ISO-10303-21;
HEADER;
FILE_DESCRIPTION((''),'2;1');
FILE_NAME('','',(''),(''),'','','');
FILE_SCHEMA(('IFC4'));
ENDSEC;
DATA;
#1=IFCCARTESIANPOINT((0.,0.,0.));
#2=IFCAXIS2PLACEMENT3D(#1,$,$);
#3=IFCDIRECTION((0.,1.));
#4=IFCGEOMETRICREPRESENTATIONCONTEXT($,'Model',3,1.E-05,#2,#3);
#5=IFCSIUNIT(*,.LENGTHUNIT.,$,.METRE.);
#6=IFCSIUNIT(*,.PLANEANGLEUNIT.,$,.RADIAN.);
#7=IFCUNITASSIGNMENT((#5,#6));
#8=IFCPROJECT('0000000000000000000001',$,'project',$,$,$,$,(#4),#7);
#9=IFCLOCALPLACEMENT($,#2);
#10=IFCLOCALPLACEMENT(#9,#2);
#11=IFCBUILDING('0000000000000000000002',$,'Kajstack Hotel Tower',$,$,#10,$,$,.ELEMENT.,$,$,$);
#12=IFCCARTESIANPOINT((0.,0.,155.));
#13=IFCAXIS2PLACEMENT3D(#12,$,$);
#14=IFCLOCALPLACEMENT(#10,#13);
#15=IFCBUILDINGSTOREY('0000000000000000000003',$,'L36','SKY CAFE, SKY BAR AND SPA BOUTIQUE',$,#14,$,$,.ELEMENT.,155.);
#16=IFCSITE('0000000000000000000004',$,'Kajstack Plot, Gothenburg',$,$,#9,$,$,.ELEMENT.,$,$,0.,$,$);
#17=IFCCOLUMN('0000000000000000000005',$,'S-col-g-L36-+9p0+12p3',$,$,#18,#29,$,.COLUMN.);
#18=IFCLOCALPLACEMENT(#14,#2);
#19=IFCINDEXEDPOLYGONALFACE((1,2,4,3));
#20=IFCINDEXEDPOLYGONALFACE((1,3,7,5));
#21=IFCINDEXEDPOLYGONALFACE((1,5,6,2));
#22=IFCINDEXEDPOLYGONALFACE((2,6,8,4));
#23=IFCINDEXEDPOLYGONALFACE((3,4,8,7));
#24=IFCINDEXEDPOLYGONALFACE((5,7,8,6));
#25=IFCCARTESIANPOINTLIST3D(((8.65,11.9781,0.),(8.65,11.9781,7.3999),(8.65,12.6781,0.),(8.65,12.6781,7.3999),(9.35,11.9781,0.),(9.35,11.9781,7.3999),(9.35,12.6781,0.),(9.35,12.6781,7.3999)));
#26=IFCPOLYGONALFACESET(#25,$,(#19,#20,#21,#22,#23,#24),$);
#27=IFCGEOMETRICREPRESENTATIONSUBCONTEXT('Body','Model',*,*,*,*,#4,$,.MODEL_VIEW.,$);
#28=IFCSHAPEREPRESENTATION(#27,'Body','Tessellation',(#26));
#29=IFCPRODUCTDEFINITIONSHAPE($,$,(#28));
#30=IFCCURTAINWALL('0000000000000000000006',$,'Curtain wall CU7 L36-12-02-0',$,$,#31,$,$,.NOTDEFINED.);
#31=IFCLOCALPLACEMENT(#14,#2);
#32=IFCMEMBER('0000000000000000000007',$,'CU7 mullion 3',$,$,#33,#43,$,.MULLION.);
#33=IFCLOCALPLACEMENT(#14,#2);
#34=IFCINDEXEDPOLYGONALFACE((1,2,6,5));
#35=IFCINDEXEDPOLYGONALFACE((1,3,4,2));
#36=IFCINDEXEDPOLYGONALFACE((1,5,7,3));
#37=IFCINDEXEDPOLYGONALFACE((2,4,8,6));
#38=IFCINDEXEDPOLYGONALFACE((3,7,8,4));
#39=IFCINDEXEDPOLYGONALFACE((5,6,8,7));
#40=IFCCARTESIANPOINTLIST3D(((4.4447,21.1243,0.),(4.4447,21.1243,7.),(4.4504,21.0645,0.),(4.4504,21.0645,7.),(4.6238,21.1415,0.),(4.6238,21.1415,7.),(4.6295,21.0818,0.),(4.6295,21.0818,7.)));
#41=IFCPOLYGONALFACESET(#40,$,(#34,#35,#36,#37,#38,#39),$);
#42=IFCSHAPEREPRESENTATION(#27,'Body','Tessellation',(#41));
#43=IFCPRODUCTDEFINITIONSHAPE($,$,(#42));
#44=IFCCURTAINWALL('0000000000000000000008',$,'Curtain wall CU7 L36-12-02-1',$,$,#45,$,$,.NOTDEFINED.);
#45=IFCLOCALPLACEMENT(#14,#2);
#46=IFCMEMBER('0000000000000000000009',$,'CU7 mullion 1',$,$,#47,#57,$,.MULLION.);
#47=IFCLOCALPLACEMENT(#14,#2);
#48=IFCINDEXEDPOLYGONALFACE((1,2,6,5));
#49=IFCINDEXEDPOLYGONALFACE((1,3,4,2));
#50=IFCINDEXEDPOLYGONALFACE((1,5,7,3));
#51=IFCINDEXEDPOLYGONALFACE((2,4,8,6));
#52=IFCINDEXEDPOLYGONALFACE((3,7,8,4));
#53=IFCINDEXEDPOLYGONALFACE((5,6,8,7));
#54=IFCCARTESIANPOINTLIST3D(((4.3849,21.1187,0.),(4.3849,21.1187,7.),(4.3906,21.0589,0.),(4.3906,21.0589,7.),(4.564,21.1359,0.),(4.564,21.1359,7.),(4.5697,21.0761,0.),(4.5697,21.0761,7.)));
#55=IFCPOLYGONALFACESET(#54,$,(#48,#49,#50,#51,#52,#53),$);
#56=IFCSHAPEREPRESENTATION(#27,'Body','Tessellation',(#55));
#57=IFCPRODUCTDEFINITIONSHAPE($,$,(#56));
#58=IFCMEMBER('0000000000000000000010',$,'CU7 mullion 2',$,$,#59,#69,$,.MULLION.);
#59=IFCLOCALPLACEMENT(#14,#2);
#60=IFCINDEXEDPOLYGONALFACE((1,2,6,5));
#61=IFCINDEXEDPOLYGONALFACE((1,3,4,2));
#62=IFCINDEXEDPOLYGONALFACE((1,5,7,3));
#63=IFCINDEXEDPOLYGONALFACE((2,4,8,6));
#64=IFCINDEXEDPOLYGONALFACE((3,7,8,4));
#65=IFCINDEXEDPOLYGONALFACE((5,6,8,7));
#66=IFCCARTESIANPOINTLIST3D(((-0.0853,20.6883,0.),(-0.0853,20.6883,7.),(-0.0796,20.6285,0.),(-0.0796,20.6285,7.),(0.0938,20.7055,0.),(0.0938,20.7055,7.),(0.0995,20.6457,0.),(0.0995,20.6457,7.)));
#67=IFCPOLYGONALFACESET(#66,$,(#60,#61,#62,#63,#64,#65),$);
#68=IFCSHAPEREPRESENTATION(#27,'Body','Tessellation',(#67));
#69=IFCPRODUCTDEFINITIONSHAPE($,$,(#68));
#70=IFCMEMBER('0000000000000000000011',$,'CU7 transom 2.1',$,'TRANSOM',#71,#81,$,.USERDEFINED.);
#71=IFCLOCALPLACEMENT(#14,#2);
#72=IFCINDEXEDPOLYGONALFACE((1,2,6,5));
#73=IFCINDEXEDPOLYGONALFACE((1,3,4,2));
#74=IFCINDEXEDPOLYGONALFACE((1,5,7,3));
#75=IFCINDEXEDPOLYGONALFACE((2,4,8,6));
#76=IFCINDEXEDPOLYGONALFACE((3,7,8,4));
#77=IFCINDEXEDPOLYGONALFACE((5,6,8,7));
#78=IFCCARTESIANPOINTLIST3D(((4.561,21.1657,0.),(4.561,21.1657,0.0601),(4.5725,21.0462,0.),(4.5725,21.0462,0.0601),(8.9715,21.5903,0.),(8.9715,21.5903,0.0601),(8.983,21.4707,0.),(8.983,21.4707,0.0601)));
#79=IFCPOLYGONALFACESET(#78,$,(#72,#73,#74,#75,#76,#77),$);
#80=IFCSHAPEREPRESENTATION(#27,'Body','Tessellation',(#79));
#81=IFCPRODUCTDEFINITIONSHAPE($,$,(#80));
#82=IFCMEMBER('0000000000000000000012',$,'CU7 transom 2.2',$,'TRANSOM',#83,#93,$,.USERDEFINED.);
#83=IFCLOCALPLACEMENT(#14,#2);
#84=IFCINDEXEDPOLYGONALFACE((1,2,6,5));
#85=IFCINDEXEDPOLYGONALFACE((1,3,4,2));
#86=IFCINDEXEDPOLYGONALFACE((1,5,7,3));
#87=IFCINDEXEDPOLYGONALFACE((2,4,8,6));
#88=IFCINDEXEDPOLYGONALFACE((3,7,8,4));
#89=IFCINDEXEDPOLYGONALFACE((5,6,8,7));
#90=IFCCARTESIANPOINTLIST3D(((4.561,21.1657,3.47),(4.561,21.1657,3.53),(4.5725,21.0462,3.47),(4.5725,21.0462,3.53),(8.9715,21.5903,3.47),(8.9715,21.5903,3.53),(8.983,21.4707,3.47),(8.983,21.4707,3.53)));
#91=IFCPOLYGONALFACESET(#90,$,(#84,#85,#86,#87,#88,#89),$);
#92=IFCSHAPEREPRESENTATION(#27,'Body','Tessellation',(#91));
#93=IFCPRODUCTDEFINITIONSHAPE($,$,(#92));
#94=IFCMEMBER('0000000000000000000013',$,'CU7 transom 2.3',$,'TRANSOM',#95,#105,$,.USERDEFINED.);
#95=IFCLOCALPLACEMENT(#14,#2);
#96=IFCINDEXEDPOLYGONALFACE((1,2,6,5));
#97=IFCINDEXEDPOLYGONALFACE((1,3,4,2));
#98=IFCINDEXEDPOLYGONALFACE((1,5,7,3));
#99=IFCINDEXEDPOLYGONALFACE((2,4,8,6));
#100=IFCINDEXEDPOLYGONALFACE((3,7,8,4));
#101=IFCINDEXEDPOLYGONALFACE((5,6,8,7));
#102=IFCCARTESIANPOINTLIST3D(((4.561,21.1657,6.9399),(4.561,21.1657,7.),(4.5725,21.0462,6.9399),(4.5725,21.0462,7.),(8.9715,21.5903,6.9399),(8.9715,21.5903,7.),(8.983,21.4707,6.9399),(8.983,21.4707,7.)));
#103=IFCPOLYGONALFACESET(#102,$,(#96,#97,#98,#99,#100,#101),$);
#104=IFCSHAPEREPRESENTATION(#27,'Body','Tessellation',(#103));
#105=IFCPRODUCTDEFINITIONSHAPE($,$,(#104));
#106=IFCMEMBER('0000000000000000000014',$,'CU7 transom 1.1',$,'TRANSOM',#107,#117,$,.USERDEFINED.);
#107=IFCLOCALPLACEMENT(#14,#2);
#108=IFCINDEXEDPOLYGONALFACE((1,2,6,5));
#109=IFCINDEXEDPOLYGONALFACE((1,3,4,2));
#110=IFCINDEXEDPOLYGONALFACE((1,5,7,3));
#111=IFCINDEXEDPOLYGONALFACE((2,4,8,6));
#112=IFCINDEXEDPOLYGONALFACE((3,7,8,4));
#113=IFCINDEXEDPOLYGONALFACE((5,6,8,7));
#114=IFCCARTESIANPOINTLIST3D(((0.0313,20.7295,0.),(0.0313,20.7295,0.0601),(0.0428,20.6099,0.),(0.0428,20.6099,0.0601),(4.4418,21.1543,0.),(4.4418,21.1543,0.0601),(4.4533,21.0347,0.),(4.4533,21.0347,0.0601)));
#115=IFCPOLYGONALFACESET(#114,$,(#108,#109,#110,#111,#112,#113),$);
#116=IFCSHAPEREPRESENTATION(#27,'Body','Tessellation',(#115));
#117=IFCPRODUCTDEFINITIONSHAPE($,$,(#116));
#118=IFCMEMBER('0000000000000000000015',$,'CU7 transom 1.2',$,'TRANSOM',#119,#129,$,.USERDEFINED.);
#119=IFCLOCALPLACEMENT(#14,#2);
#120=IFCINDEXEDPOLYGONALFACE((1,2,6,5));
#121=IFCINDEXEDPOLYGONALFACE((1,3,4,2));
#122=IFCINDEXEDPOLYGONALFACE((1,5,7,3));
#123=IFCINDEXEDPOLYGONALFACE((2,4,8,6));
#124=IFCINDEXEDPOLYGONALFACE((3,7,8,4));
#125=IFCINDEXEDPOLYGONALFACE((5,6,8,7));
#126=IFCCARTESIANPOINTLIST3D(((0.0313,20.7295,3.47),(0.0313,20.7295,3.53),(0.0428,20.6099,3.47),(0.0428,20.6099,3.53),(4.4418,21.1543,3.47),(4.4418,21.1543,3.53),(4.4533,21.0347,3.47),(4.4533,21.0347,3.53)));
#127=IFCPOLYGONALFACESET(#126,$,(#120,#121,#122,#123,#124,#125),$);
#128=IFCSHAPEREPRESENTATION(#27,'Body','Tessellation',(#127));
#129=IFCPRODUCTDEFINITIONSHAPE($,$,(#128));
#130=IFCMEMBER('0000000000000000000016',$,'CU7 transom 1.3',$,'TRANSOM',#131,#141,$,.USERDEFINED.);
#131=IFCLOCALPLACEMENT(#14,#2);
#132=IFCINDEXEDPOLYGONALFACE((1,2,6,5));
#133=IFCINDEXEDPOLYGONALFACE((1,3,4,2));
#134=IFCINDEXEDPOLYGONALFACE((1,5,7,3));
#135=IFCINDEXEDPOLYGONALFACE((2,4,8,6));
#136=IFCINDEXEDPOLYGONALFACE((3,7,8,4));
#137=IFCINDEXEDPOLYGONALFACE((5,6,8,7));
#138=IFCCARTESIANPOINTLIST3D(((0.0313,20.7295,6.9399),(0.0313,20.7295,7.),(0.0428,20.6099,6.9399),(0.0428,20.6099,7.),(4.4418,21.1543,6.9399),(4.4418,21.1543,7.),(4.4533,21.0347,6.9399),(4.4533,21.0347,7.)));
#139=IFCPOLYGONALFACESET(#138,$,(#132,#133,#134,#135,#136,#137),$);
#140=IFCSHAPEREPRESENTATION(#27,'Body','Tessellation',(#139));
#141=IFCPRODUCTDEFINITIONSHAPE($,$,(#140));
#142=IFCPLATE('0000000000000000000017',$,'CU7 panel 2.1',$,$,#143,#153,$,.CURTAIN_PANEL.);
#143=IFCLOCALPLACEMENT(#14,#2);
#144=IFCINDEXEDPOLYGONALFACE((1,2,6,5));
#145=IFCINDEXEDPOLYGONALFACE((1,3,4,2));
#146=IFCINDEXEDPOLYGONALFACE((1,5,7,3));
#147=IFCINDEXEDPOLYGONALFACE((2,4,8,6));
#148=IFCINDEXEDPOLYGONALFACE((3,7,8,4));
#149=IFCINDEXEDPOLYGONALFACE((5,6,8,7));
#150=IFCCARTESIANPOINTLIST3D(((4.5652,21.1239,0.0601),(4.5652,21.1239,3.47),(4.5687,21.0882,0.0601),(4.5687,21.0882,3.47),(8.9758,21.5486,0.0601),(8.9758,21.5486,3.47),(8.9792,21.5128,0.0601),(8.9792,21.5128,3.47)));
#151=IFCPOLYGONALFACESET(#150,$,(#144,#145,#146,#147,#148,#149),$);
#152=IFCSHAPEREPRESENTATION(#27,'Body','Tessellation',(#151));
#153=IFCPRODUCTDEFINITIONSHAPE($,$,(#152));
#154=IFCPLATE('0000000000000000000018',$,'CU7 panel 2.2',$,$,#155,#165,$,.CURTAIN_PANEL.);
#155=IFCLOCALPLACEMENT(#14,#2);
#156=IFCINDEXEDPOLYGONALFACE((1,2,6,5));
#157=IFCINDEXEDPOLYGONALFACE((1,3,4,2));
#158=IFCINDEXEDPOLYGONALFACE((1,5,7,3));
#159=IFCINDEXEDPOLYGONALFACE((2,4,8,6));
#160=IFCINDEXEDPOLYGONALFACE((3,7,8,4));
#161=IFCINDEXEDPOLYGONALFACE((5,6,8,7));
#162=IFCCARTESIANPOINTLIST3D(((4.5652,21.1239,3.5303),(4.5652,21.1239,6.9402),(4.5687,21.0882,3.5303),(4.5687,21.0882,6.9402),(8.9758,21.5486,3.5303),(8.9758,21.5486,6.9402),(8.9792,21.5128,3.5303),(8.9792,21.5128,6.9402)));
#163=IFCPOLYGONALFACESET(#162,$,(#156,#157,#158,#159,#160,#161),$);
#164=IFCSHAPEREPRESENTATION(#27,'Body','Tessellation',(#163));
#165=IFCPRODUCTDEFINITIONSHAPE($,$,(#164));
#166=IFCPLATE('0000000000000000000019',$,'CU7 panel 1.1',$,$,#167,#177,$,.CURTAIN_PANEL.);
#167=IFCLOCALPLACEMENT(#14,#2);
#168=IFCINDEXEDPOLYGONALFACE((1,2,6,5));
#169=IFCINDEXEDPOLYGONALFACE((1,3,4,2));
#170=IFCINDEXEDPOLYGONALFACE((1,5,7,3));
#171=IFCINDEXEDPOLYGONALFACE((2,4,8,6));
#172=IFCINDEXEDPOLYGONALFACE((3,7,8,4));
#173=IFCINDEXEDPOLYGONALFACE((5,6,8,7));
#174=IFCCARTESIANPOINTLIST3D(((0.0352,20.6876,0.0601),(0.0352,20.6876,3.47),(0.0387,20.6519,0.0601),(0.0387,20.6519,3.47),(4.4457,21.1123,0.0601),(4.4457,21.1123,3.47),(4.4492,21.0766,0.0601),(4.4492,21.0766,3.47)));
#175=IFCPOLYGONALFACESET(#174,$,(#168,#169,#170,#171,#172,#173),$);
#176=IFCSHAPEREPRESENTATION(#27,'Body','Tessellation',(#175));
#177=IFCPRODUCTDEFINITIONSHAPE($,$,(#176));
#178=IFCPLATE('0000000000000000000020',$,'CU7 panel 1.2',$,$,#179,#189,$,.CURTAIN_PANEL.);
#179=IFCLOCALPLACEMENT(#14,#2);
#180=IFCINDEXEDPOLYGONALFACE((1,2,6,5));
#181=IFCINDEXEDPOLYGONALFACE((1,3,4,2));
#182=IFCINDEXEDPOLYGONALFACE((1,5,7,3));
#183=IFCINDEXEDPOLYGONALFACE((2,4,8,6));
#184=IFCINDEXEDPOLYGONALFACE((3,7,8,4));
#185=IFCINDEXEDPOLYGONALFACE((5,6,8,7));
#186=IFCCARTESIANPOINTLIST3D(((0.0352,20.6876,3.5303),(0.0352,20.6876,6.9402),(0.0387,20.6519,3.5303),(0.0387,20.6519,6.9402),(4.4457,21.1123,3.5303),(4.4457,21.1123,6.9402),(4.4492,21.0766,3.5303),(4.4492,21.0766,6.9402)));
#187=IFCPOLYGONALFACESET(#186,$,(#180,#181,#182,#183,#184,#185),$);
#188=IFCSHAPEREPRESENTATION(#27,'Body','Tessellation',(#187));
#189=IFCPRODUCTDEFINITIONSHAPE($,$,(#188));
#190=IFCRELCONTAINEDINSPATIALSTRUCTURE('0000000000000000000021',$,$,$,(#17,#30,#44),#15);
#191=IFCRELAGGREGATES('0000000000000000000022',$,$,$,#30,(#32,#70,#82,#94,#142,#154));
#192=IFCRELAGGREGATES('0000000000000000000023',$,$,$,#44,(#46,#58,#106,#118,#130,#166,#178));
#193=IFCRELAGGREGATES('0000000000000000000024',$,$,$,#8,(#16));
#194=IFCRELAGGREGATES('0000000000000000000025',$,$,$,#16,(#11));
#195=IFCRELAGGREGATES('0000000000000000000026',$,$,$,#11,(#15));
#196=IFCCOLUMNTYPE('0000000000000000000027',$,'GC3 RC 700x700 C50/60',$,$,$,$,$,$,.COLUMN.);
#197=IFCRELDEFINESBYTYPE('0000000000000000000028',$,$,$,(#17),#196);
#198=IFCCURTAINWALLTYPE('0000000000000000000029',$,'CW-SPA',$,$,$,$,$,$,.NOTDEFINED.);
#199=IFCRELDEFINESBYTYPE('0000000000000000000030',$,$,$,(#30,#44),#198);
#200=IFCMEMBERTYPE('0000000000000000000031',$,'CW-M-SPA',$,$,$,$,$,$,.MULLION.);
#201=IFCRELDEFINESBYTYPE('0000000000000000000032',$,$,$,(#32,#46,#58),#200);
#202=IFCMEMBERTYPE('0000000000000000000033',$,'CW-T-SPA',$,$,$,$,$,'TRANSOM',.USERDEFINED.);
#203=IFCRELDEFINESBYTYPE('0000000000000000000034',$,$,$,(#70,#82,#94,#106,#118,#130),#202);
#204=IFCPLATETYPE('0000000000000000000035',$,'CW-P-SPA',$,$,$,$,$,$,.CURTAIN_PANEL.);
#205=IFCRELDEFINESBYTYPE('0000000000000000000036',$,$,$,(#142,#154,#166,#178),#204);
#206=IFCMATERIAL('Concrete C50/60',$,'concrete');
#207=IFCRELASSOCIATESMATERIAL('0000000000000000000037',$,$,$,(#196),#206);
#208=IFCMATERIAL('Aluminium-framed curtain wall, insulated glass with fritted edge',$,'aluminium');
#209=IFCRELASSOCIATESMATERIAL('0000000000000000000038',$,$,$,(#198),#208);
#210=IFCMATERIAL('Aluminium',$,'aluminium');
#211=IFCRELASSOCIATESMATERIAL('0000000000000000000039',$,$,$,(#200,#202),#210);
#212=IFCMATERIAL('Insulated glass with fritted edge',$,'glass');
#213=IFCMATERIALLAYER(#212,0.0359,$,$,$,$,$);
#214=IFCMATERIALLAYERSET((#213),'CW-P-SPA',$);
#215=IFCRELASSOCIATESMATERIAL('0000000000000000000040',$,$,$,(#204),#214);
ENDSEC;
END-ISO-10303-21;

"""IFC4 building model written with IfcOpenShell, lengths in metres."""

from ifc_helpers import new_model, si_unit, direction, frame, origin, origin_2d, place, context, subcontext, project, spatial, rectangle, extrude, material, layer, layer_set, material_profile, profile_set, type_object, element, aggregate, save


model = new_model("IFC4")

# Units and contexts
model_context = context("Model", 3, precision=1e-05, world=origin(), true_north=direction((0.0, 1.0)))
body_context = subcontext(model_context, "Body", "Model", "MODEL_VIEW")
ifc_project = project(units=[si_unit("LENGTHUNIT", "METRE"), si_unit("PLANEANGLEUNIT", "RADIAN")], contexts=[model_context])

# Site, building, storey
site_placement = place(None, origin())
site = spatial("IfcSite", under=ifc_project, at=site_placement, Name="Kajstack Plot, Gothenburg", CompositionType="ELEMENT", RefElevation=0.0)
building_placement = place(site_placement, origin())
building = spatial("IfcBuilding", under=site, at=building_placement, Name="Kajstack Hotel Tower", CompositionType="ELEMENT")
storey_placement = place(building_placement, frame((0.0, 0.0, 155.0)))
storey = spatial("IfcBuildingStorey", under=building, at=storey_placement, Name="L36", Description="SKY CAFE, SKY BAR AND SPA BOUTIQUE", CompositionType="ELEMENT", Elevation=155.0)

# Column
ifc_material_1 = material(Name="Concrete C50/60", Category="concrete")
ifc_material_profile_1 = material_profile(ifc_material_1, rectangle(XDim=0.7, YDim=0.7, at=origin_2d()), Name="RC 700x700")
ifc_profile_set_1 = profile_set([ifc_material_profile_1], Name="Concrete C50/60")
column_type = type_object("IfcColumnType", Name="GC3 RC 700x700 C50/60", PredefinedType="COLUMN", material=ifc_profile_set_1)
column_placement = place(storey_placement, frame((9.0, 12.3281, 0.0), z_axis=(0.0, 0.0, 1.0), x_axis=(1.0, 0.0, 0.0)))
element("IfcColumn", 1, at=column_placement, inside=storey, type_object=column_type, Name="S-col-g-L36-+9p0+12p3", PredefinedType="COLUMN", context=body_context, shape_type="SweptSolid", body=[
    extrude(rectangle(XDim=0.7, YDim=0.7, at=origin_2d()), origin(), (0.0, 0.0, 1.0), 7.3999),
])

# Curtain wall, member
ifc_material_2 = material(Name="Aluminium-framed curtain wall, insulated glass with fritted edge", Category="aluminium")
curtain_wall_type = type_object("IfcCurtainWallType", Name="CW-SPA", PredefinedType="NOTDEFINED", material=ifc_material_2)
curtain_wall_1_placement = place(storey_placement, origin())
curtain_wall_1 = element("IfcCurtainWall", 2, at=curtain_wall_1_placement, inside=storey, type_object=curtain_wall_type, Name="Curtain wall CU7 L36-12-02-0", PredefinedType="NOTDEFINED")
ifc_material_3 = material(Name="Aluminium", Category="aluminium")
ifc_material_profile_2 = material_profile(ifc_material_3, rectangle(XDim=0.0601, YDim=0.1799, at=origin_2d()), Name="Aluminium mullion 60 x 180")
ifc_profile_set_2 = profile_set([ifc_material_profile_2], Name="Aluminium")
member_type_1 = type_object("IfcMemberType", Name="CW-M-SPA", PredefinedType="MULLION", material=ifc_profile_set_2)
member_1_placement = place(storey_placement, frame((4.5371, 21.103, 0.0), z_axis=(0.0, 0.0, 1.0), x_axis=(0.095845, -0.995396, 0.0)))
member_1 = element("IfcMember", 3, at=member_1_placement, type_object=member_type_1, Name="CU7 mullion 3", PredefinedType="MULLION", context=body_context, shape_type="SweptSolid", body=[
    extrude(rectangle(XDim=0.0601, YDim=0.1799, at=origin_2d()), origin(), (0.0, 0.0, 1.0), 7.0),
])

# Curtain wall, members
curtain_wall_2_placement = place(storey_placement, origin())
curtain_wall_2 = element("IfcCurtainWall", 4, at=curtain_wall_2_placement, inside=storey, type_object=curtain_wall_type, Name="Curtain wall CU7 L36-12-02-1", PredefinedType="NOTDEFINED")
member_2_placement = place(storey_placement, frame((4.4773, 21.0974, 0.0), z_axis=(0.0, 0.0, 1.0), x_axis=(0.095845, -0.995396, 0.0)))
member_2 = element("IfcMember", 5, at=member_2_placement, type_object=member_type_1, Name="CU7 mullion 1", PredefinedType="MULLION", context=body_context, shape_type="SweptSolid", body=[
    extrude(rectangle(XDim=0.0601, YDim=0.1799, at=origin_2d()), origin(), (0.0, 0.0, 1.0), 7.0),
])
member_3_placement = place(storey_placement, frame((0.0071, 20.667, 0.0), z_axis=(0.0, 0.0, 1.0), x_axis=(0.095845, -0.995396, 0.0)))
member_3 = element("IfcMember", 6, at=member_3_placement, type_object=member_type_1, Name="CU7 mullion 2", PredefinedType="MULLION", context=body_context, shape_type="SweptSolid", body=[
    extrude(rectangle(XDim=0.0601, YDim=0.1799, at=origin_2d()), origin(), (0.0, 0.0, 1.0), 7.0),
])

# Members
ifc_material_profile_3 = material_profile(ifc_material_3, rectangle(XDim=0.1201, YDim=0.0601, at=origin_2d()), Name="Aluminium transom 120 x 60")
ifc_profile_set_3 = profile_set([ifc_material_profile_3], Name="Aluminium")
member_type_2 = type_object("IfcMemberType", Name="CW-T-SPA", ElementType="TRANSOM", PredefinedType="USERDEFINED", material=ifc_profile_set_3)
member_4_placement = place(storey_placement, frame((8.9773, 21.5305, 0.03), z_axis=(-0.995399, -0.095821, 0.0), x_axis=(0.095821, -0.995399, 0.0)))
member_4 = element("IfcMember", 7, at=member_4_placement, type_object=member_type_2, Name="CU7 transom 2.1", ObjectType="TRANSOM", PredefinedType="USERDEFINED", context=body_context, shape_type="SweptSolid", body=[
    extrude(rectangle(XDim=0.1201, YDim=0.0601, at=origin_2d()), origin(), (0.0, 0.0, 1.0), 4.4309),
])
member_5_placement = place(storey_placement, frame((8.9773, 21.5305, 3.5), z_axis=(-0.995399, -0.095821, 0.0), x_axis=(0.095821, -0.995399, 0.0)))
member_5 = element("IfcMember", 8, at=member_5_placement, type_object=member_type_2, Name="CU7 transom 2.2", ObjectType="TRANSOM", PredefinedType="USERDEFINED", context=body_context, shape_type="SweptSolid", body=[
    extrude(rectangle(XDim=0.1201, YDim=0.0601, at=origin_2d()), origin(), (0.0, 0.0, 1.0), 4.4309),
])
member_6_placement = place(storey_placement, frame((8.9773, 21.5305, 6.97), z_axis=(-0.995399, -0.095821, 0.0), x_axis=(0.095821, -0.995399, 0.0)))
member_6 = element("IfcMember", 9, at=member_6_placement, type_object=member_type_2, Name="CU7 transom 2.3", ObjectType="TRANSOM", PredefinedType="USERDEFINED", context=body_context, shape_type="SweptSolid", body=[
    extrude(rectangle(XDim=0.1201, YDim=0.0601, at=origin_2d()), origin(), (0.0, 0.0, 1.0), 4.4309),
])
member_7_placement = place(storey_placement, frame((4.4475, 21.0945, 0.03), z_axis=(-0.995393, -0.095875, 0.0), x_axis=(0.095875, -0.995393, 0.0)))
member_7 = element("IfcMember", 10, at=member_7_placement, type_object=member_type_2, Name="CU7 transom 1.1", ObjectType="TRANSOM", PredefinedType="USERDEFINED", context=body_context, shape_type="SweptSolid", body=[
    extrude(rectangle(XDim=0.1201, YDim=0.0601, at=origin_2d()), origin(), (0.0, 0.0, 1.0), 4.4309),
])
member_8_placement = place(storey_placement, frame((4.4475, 21.0945, 3.5), z_axis=(-0.995393, -0.095875, 0.0), x_axis=(0.095875, -0.995393, 0.0)))
member_8 = element("IfcMember", 11, at=member_8_placement, type_object=member_type_2, Name="CU7 transom 1.2", ObjectType="TRANSOM", PredefinedType="USERDEFINED", context=body_context, shape_type="SweptSolid", body=[
    extrude(rectangle(XDim=0.1201, YDim=0.0601, at=origin_2d()), origin(), (0.0, 0.0, 1.0), 4.4309),
])
member_9_placement = place(storey_placement, frame((4.4475, 21.0945, 6.97), z_axis=(-0.995393, -0.095875, 0.0), x_axis=(0.095875, -0.995393, 0.0)))
member_9 = element("IfcMember", 12, at=member_9_placement, type_object=member_type_2, Name="CU7 transom 1.3", ObjectType="TRANSOM", PredefinedType="USERDEFINED", context=body_context, shape_type="SweptSolid", body=[
    extrude(rectangle(XDim=0.1201, YDim=0.0601, at=origin_2d()), origin(), (0.0, 0.0, 1.0), 4.4309),
])

# Plates
ifc_material_4 = material(Name="Insulated glass with fritted edge", Category="glass")
ifc_layer_1 = layer(ifc_material_4, 0.0359)
ifc_layer_set_1 = layer_set([ifc_layer_1], Name="CW-P-SPA")
plate_type = type_object("IfcPlateType", Name="CW-P-SPA", PredefinedType="CURTAIN_PANEL", material=ifc_layer_set_1)
plate_1_placement = place(storey_placement, frame((6.7722, 21.3184, 0.0601), z_axis=(0.0, 0.0, 1.0), x_axis=(-0.995396, -0.095845, 0.0)))
plate_1 = element("IfcPlate", 13, at=plate_1_placement, type_object=plate_type, Name="CU7 panel 2.1", PredefinedType="CURTAIN_PANEL", context=body_context, shape_type="SweptSolid", body=[
    extrude(rectangle(XDim=4.4309, YDim=0.0359, at=origin_2d()), origin(), (0.0, 0.0, 1.0), 3.4099),
])
plate_2_placement = place(storey_placement, frame((6.7722, 21.3184, 3.5303), z_axis=(0.0, 0.0, 1.0), x_axis=(-0.995396, -0.095845, 0.0)))
plate_2 = element("IfcPlate", 14, at=plate_2_placement, type_object=plate_type, Name="CU7 panel 2.2", PredefinedType="CURTAIN_PANEL", context=body_context, shape_type="SweptSolid", body=[
    extrude(rectangle(XDim=4.4309, YDim=0.0359, at=origin_2d()), origin(), (0.0, 0.0, 1.0), 3.4099),
])
aggregate(curtain_wall_1, [member_1, member_4, member_5, member_6, plate_1, plate_2])
plate_3_placement = place(storey_placement, frame((2.2422, 20.8821, 0.0601), z_axis=(0.0, 0.0, 1.0), x_axis=(-0.995396, -0.095845, 0.0)))
plate_3 = element("IfcPlate", 15, at=plate_3_placement, type_object=plate_type, Name="CU7 panel 1.1", PredefinedType="CURTAIN_PANEL", context=body_context, shape_type="SweptSolid", body=[
    extrude(rectangle(XDim=4.4309, YDim=0.0359, at=origin_2d()), origin(), (0.0, 0.0, 1.0), 3.4099),
])
plate_4_placement = place(storey_placement, frame((2.2422, 20.8821, 3.5303), z_axis=(0.0, 0.0, 1.0), x_axis=(-0.995396, -0.095845, 0.0)))
plate_4 = element("IfcPlate", 16, at=plate_4_placement, type_object=plate_type, Name="CU7 panel 1.2", PredefinedType="CURTAIN_PANEL", context=body_context, shape_type="SweptSolid", body=[
    extrude(rectangle(XDim=4.4309, YDim=0.0359, at=origin_2d()), origin(), (0.0, 0.0, 1.0), 3.4099),
])
aggregate(curtain_wall_2, [member_2, member_3, member_7, member_8, member_9, plate_3, plate_4])

save(model, "model.ifc")
